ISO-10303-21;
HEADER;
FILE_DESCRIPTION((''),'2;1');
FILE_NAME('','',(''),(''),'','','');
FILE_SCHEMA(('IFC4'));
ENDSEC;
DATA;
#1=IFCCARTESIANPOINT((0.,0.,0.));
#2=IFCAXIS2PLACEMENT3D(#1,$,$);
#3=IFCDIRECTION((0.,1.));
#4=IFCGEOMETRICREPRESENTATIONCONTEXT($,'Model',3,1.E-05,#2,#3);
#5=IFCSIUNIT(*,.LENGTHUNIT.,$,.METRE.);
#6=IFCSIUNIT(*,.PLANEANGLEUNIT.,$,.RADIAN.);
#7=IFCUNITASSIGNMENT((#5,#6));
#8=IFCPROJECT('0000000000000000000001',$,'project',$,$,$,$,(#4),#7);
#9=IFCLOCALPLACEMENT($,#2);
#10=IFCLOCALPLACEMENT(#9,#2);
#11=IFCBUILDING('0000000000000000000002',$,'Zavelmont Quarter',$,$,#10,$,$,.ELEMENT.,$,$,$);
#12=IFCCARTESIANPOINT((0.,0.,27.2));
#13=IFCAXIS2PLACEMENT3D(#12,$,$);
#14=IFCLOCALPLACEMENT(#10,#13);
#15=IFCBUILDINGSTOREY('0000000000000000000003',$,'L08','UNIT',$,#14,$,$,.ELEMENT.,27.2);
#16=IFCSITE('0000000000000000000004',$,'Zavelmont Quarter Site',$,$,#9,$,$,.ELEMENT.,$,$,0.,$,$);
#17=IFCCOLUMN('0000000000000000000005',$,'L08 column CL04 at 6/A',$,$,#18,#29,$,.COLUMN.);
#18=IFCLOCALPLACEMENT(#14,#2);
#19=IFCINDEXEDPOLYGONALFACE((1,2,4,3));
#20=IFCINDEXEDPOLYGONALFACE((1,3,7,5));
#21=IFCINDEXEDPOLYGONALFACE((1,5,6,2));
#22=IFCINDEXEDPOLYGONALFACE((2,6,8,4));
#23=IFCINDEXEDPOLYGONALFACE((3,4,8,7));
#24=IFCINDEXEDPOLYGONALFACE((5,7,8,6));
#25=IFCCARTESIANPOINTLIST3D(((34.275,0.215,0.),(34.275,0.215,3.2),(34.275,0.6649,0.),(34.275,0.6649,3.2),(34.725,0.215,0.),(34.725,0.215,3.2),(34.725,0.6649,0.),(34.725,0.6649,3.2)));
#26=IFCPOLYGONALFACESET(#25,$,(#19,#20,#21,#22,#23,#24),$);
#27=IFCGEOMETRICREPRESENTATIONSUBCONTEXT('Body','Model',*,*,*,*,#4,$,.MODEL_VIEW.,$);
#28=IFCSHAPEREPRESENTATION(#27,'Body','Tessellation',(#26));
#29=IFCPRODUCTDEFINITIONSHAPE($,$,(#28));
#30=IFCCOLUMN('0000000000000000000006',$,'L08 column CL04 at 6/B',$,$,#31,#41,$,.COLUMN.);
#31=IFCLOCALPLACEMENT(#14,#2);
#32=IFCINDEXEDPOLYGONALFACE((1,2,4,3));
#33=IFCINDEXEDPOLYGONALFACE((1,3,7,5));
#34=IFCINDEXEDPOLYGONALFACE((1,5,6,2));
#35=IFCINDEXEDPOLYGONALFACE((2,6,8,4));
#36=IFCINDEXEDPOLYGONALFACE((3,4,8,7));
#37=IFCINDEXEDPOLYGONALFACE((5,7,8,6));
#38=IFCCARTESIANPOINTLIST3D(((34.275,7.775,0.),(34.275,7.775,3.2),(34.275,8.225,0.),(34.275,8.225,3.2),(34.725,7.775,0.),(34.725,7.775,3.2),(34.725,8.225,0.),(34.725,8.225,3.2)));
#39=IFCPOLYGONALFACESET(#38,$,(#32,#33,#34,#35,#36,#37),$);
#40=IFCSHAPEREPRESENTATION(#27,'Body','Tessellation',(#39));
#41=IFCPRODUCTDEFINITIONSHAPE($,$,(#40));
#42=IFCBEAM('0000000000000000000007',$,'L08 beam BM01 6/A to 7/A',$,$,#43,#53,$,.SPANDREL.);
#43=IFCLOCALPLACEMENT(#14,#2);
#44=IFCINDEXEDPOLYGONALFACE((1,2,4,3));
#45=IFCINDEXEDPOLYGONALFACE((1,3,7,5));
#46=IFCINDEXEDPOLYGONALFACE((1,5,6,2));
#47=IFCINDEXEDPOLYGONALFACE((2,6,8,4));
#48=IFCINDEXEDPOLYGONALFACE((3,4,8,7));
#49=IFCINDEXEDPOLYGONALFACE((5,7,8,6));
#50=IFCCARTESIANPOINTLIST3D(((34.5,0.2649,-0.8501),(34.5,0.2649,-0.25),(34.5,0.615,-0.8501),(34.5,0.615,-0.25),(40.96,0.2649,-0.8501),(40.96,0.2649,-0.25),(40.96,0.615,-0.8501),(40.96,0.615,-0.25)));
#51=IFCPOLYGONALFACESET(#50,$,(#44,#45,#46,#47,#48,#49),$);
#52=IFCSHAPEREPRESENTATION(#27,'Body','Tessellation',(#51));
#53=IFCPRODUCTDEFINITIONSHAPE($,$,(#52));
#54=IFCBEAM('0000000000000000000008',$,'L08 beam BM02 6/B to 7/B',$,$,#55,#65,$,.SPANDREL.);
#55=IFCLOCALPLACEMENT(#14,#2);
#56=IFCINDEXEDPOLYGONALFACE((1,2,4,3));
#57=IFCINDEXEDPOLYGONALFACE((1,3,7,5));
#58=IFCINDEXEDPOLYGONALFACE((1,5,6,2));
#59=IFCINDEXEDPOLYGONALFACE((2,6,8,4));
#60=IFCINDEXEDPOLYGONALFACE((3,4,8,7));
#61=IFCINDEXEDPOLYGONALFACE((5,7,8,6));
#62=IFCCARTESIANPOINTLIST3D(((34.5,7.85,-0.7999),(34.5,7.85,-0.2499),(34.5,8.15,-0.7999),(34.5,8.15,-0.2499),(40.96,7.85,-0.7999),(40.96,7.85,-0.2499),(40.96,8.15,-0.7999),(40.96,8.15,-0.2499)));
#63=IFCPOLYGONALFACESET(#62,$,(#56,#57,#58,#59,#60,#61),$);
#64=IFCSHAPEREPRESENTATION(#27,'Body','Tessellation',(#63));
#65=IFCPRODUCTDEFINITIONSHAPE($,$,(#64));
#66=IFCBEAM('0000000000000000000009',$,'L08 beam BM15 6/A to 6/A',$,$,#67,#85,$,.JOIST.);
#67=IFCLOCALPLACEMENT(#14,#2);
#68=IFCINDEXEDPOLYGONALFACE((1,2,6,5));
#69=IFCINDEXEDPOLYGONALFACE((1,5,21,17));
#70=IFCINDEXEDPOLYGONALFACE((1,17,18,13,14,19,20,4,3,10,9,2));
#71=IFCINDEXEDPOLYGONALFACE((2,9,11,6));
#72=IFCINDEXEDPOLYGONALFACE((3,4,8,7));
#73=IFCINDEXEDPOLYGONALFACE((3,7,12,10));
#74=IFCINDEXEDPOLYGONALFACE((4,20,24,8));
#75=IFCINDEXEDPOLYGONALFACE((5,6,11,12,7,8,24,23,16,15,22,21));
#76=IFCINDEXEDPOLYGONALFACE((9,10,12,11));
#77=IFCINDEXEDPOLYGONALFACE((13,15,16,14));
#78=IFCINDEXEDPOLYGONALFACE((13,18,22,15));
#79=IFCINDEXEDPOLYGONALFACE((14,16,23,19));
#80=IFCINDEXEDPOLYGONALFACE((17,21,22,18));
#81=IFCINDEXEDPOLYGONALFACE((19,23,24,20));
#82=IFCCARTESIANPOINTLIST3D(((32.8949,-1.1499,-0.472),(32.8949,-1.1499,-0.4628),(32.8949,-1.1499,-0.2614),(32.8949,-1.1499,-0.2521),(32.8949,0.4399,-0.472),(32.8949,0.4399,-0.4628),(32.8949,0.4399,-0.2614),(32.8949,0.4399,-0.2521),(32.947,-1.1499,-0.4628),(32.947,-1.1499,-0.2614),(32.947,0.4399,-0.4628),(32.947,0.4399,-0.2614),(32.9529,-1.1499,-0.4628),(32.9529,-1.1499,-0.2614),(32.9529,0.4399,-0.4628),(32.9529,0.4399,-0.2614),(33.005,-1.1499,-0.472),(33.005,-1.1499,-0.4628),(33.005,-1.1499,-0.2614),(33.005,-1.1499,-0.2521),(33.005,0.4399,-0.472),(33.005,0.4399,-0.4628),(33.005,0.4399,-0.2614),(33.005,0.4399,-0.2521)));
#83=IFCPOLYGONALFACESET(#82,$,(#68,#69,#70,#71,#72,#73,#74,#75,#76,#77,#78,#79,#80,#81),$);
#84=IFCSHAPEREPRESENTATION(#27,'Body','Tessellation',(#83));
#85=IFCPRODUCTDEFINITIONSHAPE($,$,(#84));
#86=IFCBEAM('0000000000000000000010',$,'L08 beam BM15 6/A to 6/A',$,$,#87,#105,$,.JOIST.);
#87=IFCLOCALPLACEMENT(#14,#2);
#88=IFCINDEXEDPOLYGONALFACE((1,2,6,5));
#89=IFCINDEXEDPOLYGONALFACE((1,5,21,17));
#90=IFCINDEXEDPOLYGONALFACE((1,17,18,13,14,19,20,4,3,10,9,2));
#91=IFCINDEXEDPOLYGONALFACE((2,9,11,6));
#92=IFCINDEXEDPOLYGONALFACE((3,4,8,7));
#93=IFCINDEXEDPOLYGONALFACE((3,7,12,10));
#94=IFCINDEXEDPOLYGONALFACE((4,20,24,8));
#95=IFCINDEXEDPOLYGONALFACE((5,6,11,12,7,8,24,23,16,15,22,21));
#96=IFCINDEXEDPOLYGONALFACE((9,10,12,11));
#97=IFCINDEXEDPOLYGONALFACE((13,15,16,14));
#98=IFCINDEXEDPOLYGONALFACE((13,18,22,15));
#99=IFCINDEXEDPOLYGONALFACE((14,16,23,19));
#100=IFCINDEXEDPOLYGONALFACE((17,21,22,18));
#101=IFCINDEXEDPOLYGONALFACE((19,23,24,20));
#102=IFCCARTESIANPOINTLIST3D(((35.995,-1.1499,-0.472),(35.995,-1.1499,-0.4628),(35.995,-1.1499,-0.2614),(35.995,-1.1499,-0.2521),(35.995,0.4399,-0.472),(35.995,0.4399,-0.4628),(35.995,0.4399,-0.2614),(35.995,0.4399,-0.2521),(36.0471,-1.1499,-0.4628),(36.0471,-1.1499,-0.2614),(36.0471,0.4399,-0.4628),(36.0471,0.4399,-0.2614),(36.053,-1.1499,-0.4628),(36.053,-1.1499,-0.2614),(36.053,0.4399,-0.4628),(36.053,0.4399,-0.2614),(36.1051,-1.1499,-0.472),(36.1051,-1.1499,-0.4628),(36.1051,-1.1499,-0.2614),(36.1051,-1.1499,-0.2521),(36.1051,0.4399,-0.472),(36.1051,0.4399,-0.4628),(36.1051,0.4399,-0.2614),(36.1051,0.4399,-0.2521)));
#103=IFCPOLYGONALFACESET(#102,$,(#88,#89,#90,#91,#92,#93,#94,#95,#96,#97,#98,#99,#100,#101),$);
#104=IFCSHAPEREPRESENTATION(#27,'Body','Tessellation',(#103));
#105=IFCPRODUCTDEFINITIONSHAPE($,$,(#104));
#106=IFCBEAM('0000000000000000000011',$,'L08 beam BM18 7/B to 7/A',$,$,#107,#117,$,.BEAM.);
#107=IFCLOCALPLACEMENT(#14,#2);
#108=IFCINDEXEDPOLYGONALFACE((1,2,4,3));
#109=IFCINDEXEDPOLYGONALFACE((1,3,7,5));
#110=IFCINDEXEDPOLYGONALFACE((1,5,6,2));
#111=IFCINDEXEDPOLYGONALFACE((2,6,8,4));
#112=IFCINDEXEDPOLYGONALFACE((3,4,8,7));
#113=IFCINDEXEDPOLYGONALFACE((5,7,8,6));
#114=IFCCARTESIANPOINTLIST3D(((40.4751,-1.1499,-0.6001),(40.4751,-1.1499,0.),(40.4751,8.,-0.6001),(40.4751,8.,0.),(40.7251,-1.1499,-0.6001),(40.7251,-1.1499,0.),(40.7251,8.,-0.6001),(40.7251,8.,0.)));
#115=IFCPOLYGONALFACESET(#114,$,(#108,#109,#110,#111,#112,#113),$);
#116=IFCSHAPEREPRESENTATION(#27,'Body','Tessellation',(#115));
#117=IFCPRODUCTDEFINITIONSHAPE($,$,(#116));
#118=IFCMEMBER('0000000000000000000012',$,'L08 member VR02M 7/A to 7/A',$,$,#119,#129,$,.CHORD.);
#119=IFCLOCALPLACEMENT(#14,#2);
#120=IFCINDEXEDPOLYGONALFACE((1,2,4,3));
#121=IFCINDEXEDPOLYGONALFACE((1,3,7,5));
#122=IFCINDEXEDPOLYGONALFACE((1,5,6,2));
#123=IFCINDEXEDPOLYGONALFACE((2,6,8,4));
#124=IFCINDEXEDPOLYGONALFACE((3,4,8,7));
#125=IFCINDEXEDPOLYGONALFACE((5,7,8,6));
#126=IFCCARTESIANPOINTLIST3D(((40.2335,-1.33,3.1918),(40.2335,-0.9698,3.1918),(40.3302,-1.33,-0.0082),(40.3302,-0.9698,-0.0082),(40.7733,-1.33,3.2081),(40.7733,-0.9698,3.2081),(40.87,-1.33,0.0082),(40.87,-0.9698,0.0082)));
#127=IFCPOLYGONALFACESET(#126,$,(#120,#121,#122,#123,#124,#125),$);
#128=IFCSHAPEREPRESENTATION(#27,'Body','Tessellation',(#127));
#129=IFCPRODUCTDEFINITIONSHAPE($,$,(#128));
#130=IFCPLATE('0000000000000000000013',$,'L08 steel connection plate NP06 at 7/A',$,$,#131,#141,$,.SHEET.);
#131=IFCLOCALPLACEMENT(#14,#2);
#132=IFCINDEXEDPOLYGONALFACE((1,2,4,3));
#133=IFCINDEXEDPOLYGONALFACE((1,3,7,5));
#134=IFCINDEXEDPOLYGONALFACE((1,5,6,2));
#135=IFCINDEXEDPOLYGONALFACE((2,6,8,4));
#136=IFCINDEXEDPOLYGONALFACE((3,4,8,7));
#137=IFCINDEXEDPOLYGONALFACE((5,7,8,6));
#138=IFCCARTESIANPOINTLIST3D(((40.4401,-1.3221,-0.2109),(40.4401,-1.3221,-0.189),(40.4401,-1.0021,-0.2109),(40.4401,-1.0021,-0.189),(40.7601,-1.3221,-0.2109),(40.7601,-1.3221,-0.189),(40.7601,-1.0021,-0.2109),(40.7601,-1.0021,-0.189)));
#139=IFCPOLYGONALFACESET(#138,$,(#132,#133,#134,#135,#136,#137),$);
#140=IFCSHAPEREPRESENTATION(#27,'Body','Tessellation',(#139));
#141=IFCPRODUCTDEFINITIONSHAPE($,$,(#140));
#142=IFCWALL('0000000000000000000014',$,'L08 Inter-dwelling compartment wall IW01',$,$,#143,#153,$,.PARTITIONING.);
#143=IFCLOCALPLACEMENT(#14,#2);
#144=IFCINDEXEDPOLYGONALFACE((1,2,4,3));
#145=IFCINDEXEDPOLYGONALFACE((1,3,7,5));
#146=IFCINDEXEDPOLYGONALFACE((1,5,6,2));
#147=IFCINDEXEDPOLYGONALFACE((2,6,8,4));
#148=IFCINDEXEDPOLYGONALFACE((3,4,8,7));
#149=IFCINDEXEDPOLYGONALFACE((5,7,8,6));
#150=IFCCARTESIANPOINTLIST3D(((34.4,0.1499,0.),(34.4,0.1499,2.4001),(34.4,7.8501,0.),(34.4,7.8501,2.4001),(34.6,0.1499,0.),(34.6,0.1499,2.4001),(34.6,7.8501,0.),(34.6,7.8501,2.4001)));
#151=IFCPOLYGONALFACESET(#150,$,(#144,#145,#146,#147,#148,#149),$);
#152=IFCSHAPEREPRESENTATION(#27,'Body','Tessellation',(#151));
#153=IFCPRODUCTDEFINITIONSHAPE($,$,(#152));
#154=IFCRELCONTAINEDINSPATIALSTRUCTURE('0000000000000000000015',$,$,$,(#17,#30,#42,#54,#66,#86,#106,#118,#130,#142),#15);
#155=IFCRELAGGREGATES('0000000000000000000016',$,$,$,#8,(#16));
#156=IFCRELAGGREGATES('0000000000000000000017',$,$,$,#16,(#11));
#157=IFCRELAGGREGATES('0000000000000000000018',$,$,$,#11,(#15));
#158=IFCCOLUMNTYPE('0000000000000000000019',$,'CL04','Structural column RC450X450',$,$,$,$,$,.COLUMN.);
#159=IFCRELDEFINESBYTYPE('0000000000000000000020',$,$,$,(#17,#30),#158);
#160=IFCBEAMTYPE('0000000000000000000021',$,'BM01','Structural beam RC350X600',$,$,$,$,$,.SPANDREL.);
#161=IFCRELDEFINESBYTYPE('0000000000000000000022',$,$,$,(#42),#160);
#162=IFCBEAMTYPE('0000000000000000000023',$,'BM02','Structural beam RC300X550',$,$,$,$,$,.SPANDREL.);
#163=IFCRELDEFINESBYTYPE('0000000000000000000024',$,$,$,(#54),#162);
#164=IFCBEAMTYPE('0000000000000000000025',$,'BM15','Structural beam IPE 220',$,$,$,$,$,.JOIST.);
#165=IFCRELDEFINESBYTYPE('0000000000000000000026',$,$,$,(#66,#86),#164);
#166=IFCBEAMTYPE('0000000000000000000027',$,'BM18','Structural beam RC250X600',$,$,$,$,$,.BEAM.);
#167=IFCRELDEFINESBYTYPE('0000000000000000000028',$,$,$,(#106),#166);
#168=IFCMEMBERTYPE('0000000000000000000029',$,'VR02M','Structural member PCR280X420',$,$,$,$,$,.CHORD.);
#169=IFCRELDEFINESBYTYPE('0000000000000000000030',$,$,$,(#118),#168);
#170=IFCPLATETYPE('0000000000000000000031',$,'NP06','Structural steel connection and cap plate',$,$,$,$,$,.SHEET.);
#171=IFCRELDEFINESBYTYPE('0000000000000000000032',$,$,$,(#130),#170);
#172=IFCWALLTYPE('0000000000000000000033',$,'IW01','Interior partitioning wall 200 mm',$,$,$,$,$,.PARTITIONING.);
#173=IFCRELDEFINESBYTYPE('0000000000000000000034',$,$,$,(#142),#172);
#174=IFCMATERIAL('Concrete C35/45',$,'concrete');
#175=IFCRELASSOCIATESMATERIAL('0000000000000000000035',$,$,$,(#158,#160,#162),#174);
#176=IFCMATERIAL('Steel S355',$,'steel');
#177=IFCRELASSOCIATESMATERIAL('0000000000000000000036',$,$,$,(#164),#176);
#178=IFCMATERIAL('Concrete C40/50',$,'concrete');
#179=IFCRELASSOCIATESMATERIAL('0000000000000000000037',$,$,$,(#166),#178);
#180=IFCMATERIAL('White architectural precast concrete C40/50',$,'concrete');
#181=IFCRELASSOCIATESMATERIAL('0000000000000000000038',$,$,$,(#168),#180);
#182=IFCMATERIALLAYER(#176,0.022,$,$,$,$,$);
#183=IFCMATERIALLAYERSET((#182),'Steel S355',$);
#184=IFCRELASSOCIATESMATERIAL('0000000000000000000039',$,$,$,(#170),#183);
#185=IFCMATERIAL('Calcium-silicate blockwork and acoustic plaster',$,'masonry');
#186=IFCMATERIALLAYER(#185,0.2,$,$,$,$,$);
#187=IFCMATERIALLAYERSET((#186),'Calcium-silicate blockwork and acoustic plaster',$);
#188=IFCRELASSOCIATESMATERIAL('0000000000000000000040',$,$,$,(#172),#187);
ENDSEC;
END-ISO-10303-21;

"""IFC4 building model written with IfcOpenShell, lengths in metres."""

from ifc_helpers import new_model, si_unit, direction, frame, frame_2d, origin, origin_2d, place, context, subcontext, project, spatial, rectangle, i_section, extrude, material, layer, layer_set, material_profile, profile_set, type_object, element, save


model = new_model("IFC4")

# Units and contexts
model_context = context("Model", 3, precision=1e-05, world=origin(), true_north=direction((0.0, 1.0)))
body_context = subcontext(model_context, "Body", "Model", "MODEL_VIEW")
ifc_project = project(units=[si_unit("LENGTHUNIT", "METRE"), si_unit("PLANEANGLEUNIT", "RADIAN")], contexts=[model_context])

# Site, building, storey
site_placement = place(None, origin())
site = spatial("IfcSite", under=ifc_project, at=site_placement, Name="Zavelmont Quarter Site", CompositionType="ELEMENT", RefElevation=0.0)
building_placement = place(site_placement, origin())
building = spatial("IfcBuilding", under=site, at=building_placement, Name="Zavelmont Quarter", CompositionType="ELEMENT")
storey_placement = place(building_placement, frame((0.0, 0.0, 27.2)))
storey = spatial("IfcBuildingStorey", under=building, at=storey_placement, Name="L08", Description="UNIT", CompositionType="ELEMENT", Elevation=27.2)

# Columns
ifc_material_1 = material(Name="Concrete C35/45", Category="concrete")
ifc_material_profile_1 = material_profile(ifc_material_1, rectangle(XDim=0.45, YDim=0.45, at=origin_2d()), Name="RC450X450")
ifc_profile_set_1 = profile_set([ifc_material_profile_1], Name="Concrete C35/45")
column_type = type_object("IfcColumnType", Name="CL04", Description="Structural column RC450X450", PredefinedType="COLUMN", material=ifc_profile_set_1)
for number, where, z_axis, x_axis, name in (
    (1, (34.5, 0.4399, 0.0), (0.0, 0.0, 1.0), (1.0, 0.0, 0.0), "L08 column CL04 at 6/A"),
    (2, (34.5, 8.0, 0.0), (0.0, 0.0, 1.0), (1.0, 0.0, 0.0), "L08 column CL04 at 6/B"),
):
    element("IfcColumn", number, at=place(storey_placement, frame(where, z_axis=z_axis, x_axis=x_axis)), inside=storey, type_object=column_type, Name=name, PredefinedType="COLUMN", context=body_context, shape_type="SweptSolid", body=[
        extrude(rectangle(XDim=0.45, YDim=0.45, at=origin_2d()), origin(), (0.0, 0.0, 1.0), 3.2),
    ])

# Beams
ifc_material_profile_2 = material_profile(ifc_material_1, rectangle(XDim=0.3501, YDim=0.6001, at=origin_2d()), Name="RC350X600")
ifc_profile_set_2 = profile_set([ifc_material_profile_2], Name="Concrete C35/45")
beam_type_1 = type_object("IfcBeamType", Name="BM01", Description="Structural beam RC350X600", PredefinedType="SPANDREL", material=ifc_profile_set_2)
beam_1_placement = place(storey_placement, frame((34.5, 0.4399, -0.55), z_axis=(1.0, 0.0, 0.0), x_axis=(0.0, 1.0, 0.0)))
element("IfcBeam", 3, at=beam_1_placement, inside=storey, type_object=beam_type_1, Name="L08 beam BM01 6/A to 7/A", PredefinedType="SPANDREL", context=body_context, shape_type="SweptSolid", body=[
    extrude(rectangle(XDim=0.3501, YDim=0.6001, at=origin_2d()), origin(), (0.0, 0.0, 1.0), 6.46),
])
ifc_material_profile_3 = material_profile(ifc_material_1, rectangle(XDim=0.3, YDim=0.55, at=origin_2d()), Name="RC300X550")
ifc_profile_set_3 = profile_set([ifc_material_profile_3], Name="Concrete C35/45")
beam_type_2 = type_object("IfcBeamType", Name="BM02", Description="Structural beam RC300X550", PredefinedType="SPANDREL", material=ifc_profile_set_3)
beam_2_placement = place(storey_placement, frame((34.5, 8.0, -0.5249), z_axis=(1.0, 0.0, 0.0), x_axis=(0.0, 1.0, 0.0)))
element("IfcBeam", 4, at=beam_2_placement, inside=storey, type_object=beam_type_2, Name="L08 beam BM02 6/B to 7/B", PredefinedType="SPANDREL", context=body_context, shape_type="SweptSolid", body=[
    extrude(rectangle(XDim=0.3, YDim=0.55, at=origin_2d()), origin(), (0.0, 0.0, 1.0), 6.46),
])
ifc_material_2 = material(Name="Steel S355", Category="steel")
ifc_material_profile_4 = material_profile(ifc_material_2, i_section(OverallWidth=0.1101, OverallDepth=0.22, WebThickness=0.0059, FlangeThickness=0.0093, at=origin_2d()), Name="IPE 220")
ifc_profile_set_4 = profile_set([ifc_material_profile_4], Name="Steel S355")
beam_type_3 = type_object("IfcBeamType", Name="BM15", Description="Structural beam IPE 220", PredefinedType="JOIST", material=ifc_profile_set_4)
for number, where, z_axis, x_axis, name in (
    (5, (32.95, 0.4399, -0.3621), (0.0, -1.0, 0.0), (1.0, 0.0, 0.0), "L08 beam BM15 6/A to 6/A"),
    (6, (36.05, 0.4399, -0.3621), (0.0, -1.0, 0.0), (1.0, 0.0, 0.0), "L08 beam BM15 6/A to 6/A"),
):
    element("IfcBeam", number, at=place(storey_placement, frame(where, z_axis=z_axis, x_axis=x_axis)), inside=storey, type_object=beam_type_3, Name=name, PredefinedType="JOIST", context=body_context, shape_type="SweptSolid", body=[
        extrude(i_section(OverallWidth=0.1101, OverallDepth=0.22, WebThickness=0.0059, FlangeThickness=0.0093, at=origin_2d()), origin(), (0.0, 0.0, 1.0), 1.5898),
    ])
ifc_material_3 = material(Name="Concrete C40/50", Category="concrete")
ifc_material_profile_5 = material_profile(ifc_material_3, rectangle(XDim=0.25, YDim=0.6001, at=origin_2d()), Name="RC250X600")
ifc_profile_set_5 = profile_set([ifc_material_profile_5], Name="Concrete C40/50")
beam_type_4 = type_object("IfcBeamType", Name="BM18", Description="Structural beam RC250X600", PredefinedType="BEAM", material=ifc_profile_set_5)
beam_3_placement = place(storey_placement, frame((40.6001, 8.0, -0.3), z_axis=(0.0, -1.0, 0.0), x_axis=(1.0, 0.0, 0.0)))
element("IfcBeam", 7, at=beam_3_placement, inside=storey, type_object=beam_type_4, Name="L08 beam BM18 7/B to 7/A", PredefinedType="BEAM", context=body_context, shape_type="SweptSolid", body=[
    extrude(rectangle(XDim=0.25, YDim=0.6001, at=origin_2d()), origin(), (0.0, 0.0, 1.0), 9.1499),
])

# Member
ifc_material_4 = material(Name="White architectural precast concrete C40/50", Category="concrete")
ifc_material_profile_6 = material_profile(ifc_material_4, rectangle(XDim=0.3601, YDim=0.54, at=origin_2d()), Name="PCR280X420")
ifc_profile_set_6 = profile_set([ifc_material_profile_6], Name="White architectural precast concrete C40/50")
member_type = type_object("IfcMemberType", Name="VR02M", Description="Structural member PCR280X420", PredefinedType="CHORD", material=ifc_profile_set_6)
member_placement = place(storey_placement, frame((40.6001, -1.1499, 0.0), z_axis=(-0.030199, 0.0, 0.999544), x_axis=(0.0, -1.0, 0.0)))
element("IfcMember", 8, at=member_placement, inside=storey, type_object=member_type, Name="L08 member VR02M 7/A to 7/A", PredefinedType="CHORD", context=body_context, shape_type="SweptSolid", body=[
    extrude(rectangle(XDim=0.3601, YDim=0.54, at=origin_2d()), origin(), (0.0, 0.0, 1.0), 3.2014),
])

# Plate
ifc_layer_1 = layer(ifc_material_2, 0.022)
ifc_layer_set_1 = layer_set([ifc_layer_1], Name="Steel S355")
plate_type = type_object("IfcPlateType", Name="NP06", Description="Structural steel connection and cap plate", PredefinedType="SHEET", material=ifc_layer_set_1)
plate_placement = place(storey_placement, frame((40.6001, -1.1621, -0.2109), z_axis=(0.0, 0.0, 1.0), x_axis=(1.0, 0.0, 0.0)))
element("IfcPlate", 9, at=plate_placement, inside=storey, type_object=plate_type, Name="L08 steel connection plate NP06 at 7/A", PredefinedType="SHEET", context=body_context, shape_type="SweptSolid", body=[
    extrude(rectangle(XDim=0.3201, YDim=0.3201, at=origin_2d()), origin(), (0.0, 0.0, 1.0), 0.022),
])

# Wall
ifc_material_5 = material(Name="Calcium-silicate blockwork and acoustic plaster", Category="masonry")
ifc_layer_2 = layer(ifc_material_5, 0.2)
ifc_layer_set_2 = layer_set([ifc_layer_2], Name="Calcium-silicate blockwork and acoustic plaster")
wall_type_1 = type_object("IfcWallType", Name="IW01", Description="Interior partitioning wall 200 mm", PredefinedType="PARTITIONING", material=ifc_layer_set_2)
wall_1_placement = place(storey_placement, frame((34.5, 7.8501, 0.0), z_axis=(0.0, 0.0, 1.0), x_axis=(0.0, -1.0, 0.0)))
element("IfcWall", 10, at=wall_1_placement, inside=storey, type_object=wall_type_1, Name="L08 Inter-dwelling compartment wall IW01", PredefinedType="PARTITIONING", context=body_context, shape_type="SweptSolid", body=[
    extrude(rectangle(XDim=7.7002, YDim=0.2, at=frame_2d((3.8501, 0.0))), origin(), (0.0, 0.0, 1.0), 2.4001),
])

save(model, "model.ifc")
